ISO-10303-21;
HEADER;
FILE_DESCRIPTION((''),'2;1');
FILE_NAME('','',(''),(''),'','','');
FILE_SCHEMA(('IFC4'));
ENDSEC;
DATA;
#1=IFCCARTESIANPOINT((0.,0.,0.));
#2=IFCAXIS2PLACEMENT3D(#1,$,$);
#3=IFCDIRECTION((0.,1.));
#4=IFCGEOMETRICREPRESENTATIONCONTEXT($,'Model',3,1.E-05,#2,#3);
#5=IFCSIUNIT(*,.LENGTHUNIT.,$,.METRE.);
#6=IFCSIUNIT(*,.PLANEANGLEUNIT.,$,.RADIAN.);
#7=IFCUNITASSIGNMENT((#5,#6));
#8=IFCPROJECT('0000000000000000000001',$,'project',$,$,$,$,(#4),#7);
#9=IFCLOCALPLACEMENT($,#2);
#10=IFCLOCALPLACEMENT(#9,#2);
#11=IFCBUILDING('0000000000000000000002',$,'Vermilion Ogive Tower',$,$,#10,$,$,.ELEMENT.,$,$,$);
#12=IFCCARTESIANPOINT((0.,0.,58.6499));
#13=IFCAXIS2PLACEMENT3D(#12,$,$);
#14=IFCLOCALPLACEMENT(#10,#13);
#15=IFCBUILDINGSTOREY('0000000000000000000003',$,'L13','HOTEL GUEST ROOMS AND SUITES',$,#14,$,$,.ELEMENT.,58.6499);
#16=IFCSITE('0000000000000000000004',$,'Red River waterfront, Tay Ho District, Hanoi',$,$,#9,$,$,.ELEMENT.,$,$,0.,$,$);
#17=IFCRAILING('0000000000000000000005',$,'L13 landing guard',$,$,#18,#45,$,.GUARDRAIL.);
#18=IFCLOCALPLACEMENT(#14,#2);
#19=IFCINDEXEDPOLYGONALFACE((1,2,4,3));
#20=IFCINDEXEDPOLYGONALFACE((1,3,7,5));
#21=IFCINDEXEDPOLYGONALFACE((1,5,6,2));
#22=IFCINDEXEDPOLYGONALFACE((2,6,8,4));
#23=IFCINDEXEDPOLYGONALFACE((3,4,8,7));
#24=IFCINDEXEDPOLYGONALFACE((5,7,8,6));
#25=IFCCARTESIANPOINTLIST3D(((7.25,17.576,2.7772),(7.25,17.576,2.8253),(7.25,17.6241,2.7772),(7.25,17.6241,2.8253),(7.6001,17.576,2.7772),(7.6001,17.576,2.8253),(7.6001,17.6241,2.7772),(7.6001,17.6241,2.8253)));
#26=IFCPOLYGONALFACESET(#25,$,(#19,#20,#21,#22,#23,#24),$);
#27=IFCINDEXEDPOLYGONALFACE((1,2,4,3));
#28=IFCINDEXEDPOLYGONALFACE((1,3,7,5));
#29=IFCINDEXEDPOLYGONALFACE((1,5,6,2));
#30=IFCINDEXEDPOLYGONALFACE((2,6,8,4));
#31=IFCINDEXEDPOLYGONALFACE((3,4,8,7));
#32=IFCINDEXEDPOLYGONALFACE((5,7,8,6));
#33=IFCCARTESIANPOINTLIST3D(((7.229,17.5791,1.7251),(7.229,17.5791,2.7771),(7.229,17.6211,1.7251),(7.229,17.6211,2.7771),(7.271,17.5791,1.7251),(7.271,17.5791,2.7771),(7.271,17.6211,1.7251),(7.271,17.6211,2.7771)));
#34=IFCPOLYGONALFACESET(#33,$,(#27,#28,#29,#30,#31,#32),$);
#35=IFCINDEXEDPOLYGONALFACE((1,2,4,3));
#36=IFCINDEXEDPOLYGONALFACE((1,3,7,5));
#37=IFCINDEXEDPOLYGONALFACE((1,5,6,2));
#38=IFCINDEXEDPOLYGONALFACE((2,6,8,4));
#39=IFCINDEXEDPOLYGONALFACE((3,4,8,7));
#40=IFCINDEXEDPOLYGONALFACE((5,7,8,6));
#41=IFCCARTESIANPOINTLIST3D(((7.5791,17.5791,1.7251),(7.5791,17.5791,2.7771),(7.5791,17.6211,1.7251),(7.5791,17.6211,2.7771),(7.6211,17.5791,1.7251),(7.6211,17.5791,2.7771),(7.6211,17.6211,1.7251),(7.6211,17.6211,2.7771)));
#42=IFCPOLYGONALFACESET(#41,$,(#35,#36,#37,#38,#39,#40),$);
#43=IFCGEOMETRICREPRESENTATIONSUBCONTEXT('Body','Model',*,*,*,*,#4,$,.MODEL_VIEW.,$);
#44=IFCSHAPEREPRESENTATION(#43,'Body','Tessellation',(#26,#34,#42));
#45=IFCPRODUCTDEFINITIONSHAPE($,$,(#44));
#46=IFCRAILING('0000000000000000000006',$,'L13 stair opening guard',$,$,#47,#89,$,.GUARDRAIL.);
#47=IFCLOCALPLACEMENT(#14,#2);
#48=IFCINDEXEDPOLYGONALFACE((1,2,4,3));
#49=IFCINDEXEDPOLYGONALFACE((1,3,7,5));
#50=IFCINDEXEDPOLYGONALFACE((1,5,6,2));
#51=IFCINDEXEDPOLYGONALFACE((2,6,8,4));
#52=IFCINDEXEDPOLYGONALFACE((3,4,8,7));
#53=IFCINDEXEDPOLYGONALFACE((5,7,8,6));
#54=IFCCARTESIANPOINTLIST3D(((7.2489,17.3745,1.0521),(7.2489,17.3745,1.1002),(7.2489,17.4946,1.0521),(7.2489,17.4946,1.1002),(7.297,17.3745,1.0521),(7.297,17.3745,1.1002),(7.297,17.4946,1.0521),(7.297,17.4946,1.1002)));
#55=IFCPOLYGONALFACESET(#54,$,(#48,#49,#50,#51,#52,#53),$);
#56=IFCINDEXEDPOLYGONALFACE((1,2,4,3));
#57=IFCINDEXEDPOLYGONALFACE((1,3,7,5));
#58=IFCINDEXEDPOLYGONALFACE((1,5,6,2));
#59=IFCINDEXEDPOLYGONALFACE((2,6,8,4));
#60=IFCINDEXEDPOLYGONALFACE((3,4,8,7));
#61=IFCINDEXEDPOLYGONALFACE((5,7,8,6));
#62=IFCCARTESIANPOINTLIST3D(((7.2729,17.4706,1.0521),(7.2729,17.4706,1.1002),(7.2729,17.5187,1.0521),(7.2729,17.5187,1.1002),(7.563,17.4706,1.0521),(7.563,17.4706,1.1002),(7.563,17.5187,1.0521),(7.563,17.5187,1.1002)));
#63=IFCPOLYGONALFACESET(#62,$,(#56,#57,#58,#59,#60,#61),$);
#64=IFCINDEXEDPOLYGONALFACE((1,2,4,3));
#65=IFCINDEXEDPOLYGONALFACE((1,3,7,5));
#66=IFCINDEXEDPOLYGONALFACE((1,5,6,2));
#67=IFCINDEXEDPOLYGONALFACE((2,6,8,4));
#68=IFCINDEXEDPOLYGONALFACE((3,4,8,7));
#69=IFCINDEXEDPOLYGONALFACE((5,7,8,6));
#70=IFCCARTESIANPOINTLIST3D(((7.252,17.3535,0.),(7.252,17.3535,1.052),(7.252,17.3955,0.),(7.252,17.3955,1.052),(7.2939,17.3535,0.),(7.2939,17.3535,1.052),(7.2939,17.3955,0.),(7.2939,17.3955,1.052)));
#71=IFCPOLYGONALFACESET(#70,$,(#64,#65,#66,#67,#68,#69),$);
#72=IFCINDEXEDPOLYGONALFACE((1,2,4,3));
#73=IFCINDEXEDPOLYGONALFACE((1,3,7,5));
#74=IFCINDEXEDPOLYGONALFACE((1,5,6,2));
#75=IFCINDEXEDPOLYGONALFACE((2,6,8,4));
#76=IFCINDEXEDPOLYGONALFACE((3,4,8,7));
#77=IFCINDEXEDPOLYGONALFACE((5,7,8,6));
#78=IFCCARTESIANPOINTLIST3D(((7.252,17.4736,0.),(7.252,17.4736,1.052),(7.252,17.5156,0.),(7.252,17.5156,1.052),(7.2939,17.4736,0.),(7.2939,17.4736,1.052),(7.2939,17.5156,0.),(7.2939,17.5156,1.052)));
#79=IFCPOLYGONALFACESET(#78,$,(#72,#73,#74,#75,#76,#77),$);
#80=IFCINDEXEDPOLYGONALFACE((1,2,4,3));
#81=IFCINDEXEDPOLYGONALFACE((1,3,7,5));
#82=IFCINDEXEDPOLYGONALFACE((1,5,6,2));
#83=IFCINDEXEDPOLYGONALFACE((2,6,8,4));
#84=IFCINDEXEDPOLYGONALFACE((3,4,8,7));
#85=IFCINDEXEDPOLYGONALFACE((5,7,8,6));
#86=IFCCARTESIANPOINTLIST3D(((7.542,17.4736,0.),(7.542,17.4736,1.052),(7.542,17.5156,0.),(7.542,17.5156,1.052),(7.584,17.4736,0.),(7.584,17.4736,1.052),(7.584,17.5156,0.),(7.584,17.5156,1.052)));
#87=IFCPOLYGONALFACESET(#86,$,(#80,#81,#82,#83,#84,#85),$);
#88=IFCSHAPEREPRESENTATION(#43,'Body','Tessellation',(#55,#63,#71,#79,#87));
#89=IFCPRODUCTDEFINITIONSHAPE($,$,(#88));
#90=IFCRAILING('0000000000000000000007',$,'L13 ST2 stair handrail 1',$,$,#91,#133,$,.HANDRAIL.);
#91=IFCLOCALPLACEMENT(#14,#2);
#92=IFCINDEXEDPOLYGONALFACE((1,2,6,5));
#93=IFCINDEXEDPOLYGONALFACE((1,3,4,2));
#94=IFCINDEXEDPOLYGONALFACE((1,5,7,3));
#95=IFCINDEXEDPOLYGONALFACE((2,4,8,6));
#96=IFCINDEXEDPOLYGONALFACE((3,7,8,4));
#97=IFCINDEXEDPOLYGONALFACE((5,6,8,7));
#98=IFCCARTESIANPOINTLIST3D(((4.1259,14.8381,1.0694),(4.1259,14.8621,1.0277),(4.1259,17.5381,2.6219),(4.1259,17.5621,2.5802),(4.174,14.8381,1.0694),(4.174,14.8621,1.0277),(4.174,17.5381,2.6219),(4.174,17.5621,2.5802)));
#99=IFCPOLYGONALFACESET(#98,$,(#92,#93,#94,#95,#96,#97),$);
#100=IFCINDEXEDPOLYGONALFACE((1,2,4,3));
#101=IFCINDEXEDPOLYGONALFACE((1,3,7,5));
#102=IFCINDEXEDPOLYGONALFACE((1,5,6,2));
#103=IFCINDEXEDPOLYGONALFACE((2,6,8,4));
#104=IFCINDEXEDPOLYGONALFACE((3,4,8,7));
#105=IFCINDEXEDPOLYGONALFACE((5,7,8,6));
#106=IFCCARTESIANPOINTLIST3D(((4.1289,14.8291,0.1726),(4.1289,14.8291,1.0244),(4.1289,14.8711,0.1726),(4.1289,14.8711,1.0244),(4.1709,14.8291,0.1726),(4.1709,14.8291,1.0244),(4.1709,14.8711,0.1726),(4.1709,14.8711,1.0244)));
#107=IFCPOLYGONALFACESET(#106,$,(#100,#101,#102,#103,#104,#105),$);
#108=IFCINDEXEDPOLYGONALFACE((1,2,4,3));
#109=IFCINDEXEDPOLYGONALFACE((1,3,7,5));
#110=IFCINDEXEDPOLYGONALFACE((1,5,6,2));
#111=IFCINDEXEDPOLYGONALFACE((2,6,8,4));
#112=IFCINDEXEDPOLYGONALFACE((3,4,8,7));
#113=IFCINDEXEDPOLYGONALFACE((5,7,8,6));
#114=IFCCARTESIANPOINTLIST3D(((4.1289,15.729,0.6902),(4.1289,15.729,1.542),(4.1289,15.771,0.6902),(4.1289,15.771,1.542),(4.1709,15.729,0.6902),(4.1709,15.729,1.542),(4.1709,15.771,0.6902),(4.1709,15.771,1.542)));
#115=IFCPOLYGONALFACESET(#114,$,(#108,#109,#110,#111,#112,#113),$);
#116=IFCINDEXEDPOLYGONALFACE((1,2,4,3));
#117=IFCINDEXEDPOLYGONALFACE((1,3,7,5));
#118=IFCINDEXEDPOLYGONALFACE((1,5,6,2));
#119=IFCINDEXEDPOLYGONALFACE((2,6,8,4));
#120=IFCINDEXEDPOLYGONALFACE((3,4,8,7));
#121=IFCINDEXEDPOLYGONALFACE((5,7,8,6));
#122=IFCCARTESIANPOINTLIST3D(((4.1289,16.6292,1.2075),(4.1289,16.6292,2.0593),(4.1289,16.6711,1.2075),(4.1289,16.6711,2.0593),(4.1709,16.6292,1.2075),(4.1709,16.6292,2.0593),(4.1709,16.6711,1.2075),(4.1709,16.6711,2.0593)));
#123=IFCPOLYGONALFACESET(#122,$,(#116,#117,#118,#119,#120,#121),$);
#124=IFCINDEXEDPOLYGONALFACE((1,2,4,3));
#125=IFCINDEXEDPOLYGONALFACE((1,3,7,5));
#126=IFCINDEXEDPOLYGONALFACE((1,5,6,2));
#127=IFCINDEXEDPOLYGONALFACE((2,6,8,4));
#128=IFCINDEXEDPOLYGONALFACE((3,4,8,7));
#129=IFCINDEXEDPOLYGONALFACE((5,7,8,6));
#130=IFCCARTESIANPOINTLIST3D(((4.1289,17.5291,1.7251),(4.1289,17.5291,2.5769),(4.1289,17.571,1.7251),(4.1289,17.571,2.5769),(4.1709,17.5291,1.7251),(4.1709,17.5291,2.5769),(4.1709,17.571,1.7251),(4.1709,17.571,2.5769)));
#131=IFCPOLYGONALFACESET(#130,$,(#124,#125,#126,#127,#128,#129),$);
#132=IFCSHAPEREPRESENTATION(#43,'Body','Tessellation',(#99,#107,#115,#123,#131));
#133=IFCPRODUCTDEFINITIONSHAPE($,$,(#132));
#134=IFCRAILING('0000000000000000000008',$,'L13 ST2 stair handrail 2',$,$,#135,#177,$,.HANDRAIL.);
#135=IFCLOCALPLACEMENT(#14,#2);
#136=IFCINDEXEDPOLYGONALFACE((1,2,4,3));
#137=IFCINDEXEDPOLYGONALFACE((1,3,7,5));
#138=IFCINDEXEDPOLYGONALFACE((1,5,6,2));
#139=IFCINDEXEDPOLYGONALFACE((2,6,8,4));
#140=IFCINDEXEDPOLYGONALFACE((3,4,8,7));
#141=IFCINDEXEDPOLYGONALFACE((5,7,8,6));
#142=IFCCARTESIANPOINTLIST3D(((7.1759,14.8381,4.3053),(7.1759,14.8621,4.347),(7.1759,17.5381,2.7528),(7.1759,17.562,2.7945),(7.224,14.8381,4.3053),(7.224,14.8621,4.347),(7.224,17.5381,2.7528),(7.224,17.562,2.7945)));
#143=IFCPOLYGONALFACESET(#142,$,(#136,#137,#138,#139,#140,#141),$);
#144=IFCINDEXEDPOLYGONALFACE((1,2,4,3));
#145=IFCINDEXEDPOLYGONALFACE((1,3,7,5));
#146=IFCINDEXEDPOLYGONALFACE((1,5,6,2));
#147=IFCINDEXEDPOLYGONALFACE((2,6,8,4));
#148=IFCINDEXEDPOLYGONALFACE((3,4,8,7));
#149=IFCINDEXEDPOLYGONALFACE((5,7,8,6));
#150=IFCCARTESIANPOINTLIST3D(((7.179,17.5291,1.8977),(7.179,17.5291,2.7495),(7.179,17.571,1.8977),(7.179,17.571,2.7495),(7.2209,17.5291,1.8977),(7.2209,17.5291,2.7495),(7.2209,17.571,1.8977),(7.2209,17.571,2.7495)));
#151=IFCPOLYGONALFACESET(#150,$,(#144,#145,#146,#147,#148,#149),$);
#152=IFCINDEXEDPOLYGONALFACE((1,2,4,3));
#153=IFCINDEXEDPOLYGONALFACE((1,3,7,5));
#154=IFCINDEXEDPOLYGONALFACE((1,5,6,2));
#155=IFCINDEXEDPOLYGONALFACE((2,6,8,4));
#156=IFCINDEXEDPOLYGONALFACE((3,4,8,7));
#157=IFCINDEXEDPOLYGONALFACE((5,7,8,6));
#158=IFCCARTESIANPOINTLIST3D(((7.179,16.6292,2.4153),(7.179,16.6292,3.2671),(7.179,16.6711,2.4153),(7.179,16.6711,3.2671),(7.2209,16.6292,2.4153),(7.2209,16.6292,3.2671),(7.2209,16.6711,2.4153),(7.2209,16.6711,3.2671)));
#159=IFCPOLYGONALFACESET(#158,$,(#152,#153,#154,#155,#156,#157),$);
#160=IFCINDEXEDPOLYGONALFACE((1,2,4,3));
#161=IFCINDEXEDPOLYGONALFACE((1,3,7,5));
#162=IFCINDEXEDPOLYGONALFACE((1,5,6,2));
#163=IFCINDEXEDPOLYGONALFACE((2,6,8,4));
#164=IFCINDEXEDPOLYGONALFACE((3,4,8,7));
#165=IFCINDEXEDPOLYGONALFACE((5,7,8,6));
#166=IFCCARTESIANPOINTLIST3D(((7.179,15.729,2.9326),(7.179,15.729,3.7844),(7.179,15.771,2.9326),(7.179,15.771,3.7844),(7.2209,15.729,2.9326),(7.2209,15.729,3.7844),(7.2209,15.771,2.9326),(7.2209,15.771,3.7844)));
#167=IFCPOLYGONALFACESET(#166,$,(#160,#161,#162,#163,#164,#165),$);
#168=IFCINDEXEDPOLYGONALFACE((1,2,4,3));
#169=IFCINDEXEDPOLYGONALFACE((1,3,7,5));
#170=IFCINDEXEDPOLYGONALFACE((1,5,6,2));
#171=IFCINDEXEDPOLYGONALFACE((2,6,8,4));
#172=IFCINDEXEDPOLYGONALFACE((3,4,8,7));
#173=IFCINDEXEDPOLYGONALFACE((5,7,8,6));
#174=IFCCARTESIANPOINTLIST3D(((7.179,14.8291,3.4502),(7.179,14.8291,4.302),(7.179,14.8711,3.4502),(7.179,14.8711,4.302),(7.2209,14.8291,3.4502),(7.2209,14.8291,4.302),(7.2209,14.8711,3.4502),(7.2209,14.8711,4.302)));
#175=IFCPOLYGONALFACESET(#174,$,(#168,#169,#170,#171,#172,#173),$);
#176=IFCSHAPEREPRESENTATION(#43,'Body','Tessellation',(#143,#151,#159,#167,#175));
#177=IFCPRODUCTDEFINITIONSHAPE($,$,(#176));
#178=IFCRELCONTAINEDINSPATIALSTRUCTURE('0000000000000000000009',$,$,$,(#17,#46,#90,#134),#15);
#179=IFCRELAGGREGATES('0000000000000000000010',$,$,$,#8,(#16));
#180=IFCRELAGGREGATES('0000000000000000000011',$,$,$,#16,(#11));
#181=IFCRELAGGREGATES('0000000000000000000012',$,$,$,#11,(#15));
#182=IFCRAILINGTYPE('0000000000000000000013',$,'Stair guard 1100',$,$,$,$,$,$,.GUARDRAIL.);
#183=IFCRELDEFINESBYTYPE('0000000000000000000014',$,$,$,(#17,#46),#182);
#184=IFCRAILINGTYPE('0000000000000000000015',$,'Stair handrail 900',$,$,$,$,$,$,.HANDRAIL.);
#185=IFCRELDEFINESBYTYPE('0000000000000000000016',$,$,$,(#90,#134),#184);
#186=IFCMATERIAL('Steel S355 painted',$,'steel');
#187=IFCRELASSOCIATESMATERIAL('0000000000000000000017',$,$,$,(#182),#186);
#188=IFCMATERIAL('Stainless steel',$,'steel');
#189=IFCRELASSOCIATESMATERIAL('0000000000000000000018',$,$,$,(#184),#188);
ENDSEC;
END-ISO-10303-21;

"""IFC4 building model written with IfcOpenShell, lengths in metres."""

from ifc_helpers import new_model, si_unit, direction, frame, origin, origin_2d, place, context, subcontext, project, spatial, rectangle, extrude, material, type_object, element, save


model = new_model("IFC4")

# Units and contexts
model_context = context("Model", 3, precision=1e-05, world=origin(), true_north=direction((0.0, 1.0)))
body_context = subcontext(model_context, "Body", "Model", "MODEL_VIEW")
ifc_project = project(units=[si_unit("LENGTHUNIT", "METRE"), si_unit("PLANEANGLEUNIT", "RADIAN")], contexts=[model_context])

# Site, building, storey
site_placement = place(None, origin())
site = spatial("IfcSite", under=ifc_project, at=site_placement, Name="Red River waterfront, Tay Ho District, Hanoi", CompositionType="ELEMENT", RefElevation=0.0)
building_placement = place(site_placement, origin())
building = spatial("IfcBuilding", under=site, at=building_placement, Name="Vermilion Ogive Tower", CompositionType="ELEMENT")
storey_placement = place(building_placement, frame((0.0, 0.0, 58.6499)))
storey = spatial("IfcBuildingStorey", under=building, at=storey_placement, Name="L13", Description="HOTEL GUEST ROOMS AND SUITES", CompositionType="ELEMENT", Elevation=58.6499)

# Railings
ifc_material_1 = material(Name="Steel S355 painted", Category="steel")
railing_type_1 = type_object("IfcRailingType", Name="Stair guard 1100", PredefinedType="GUARDRAIL", material=ifc_material_1)
railing_1_placement = place(storey_placement, frame((7.25, 17.6001, 1.7251)))
element("IfcRailing", 1, at=railing_1_placement, inside=storey, type_object=railing_type_1, Name="L13 landing guard", PredefinedType="GUARDRAIL", context=body_context, shape_type="SweptSolid", body=[
    extrude(rectangle(XDim=0.0481, YDim=0.0481, at=origin_2d()), frame((0.0, 0.0, 1.0762), z_axis=(1.0, 0.0, 0.0), x_axis=(0.0, 1.0, 0.0)), (0.0, 0.0, 1.0), 0.3501),
    extrude(rectangle(XDim=0.042, YDim=0.042, at=origin_2d()), origin(), (0.0, 0.0, 1.0), 1.052),
    extrude(rectangle(XDim=0.042, YDim=0.042, at=origin_2d()), frame((0.3501, 0.0, 0.0)), (0.0, 0.0, 1.0), 1.052),
])
railing_2_placement = place(storey_placement, frame((7.2729, 17.3745, 0.0)))
element("IfcRailing", 2, at=railing_2_placement, inside=storey, type_object=railing_type_1, Name="L13 stair opening guard", PredefinedType="GUARDRAIL", context=body_context, shape_type="SweptSolid", body=[
    extrude(rectangle(XDim=0.0481, YDim=0.0481, at=origin_2d()), frame((0.0, 0.0, 1.0762), z_axis=(0.0, 1.0, 0.0), x_axis=(-1.0, 0.0, 0.0)), (0.0, 0.0, 1.0), 0.1201),
    extrude(rectangle(XDim=0.0481, YDim=0.0481, at=origin_2d()), frame((0.0, 0.1201, 1.0762), z_axis=(1.0, 0.0, 0.0), x_axis=(0.0, 1.0, 0.0)), (0.0, 0.0, 1.0), 0.29),
    extrude(rectangle(XDim=0.042, YDim=0.042, at=origin_2d()), origin(), (0.0, 0.0, 1.0), 1.052),
    extrude(rectangle(XDim=0.042, YDim=0.042, at=origin_2d()), frame((0.0, 0.1201, 0.0)), (0.0, 0.0, 1.0), 1.052),
    extrude(rectangle(XDim=0.042, YDim=0.042, at=origin_2d()), frame((0.29, 0.1201, 0.0)), (0.0, 0.0, 1.0), 1.052),
])
ifc_material_2 = material(Name="Stainless steel", Category="steel")
railing_type_2 = type_object("IfcRailingType", Name="Stair handrail 900", PredefinedType="HANDRAIL", material=ifc_material_2)
railing_3_placement = place(storey_placement, frame((4.1499, 14.8501, 0.1726)))
element("IfcRailing", 3, at=railing_3_placement, inside=storey, type_object=railing_type_2, Name="L13 ST2 stair handrail 1", PredefinedType="HANDRAIL", context=body_context, shape_type="SweptSolid", body=[
    extrude(rectangle(XDim=0.0481, YDim=0.0481, at=origin_2d()), frame((0.0, 0.0, 0.876), z_axis=(0.0, 0.866904, 0.498476), x_axis=(-1.0, 0.0, 0.0)), (0.0, 0.0, 1.0), 3.1145),
    extrude(rectangle(XDim=0.042, YDim=0.042, at=origin_2d()), origin(), (0.0, 0.0, 1.0), 0.8518),
    extrude(rectangle(XDim=0.042, YDim=0.042, at=origin_2d()), frame((0.0, 0.8999, 0.5176)), (0.0, 0.0, 1.0), 0.8518),
    extrude(rectangle(XDim=0.042, YDim=0.042, at=origin_2d()), frame((0.0, 1.8, 1.0349)), (0.0, 0.0, 1.0), 0.8518),
    extrude(rectangle(XDim=0.042, YDim=0.042, at=origin_2d()), frame((0.0, 2.7, 1.5525)), (0.0, 0.0, 1.0), 0.8518),
])
railing_4_placement = place(storey_placement, frame((7.2, 17.55, 1.8977)))
element("IfcRailing", 4, at=railing_4_placement, inside=storey, type_object=railing_type_2, Name="L13 ST2 stair handrail 2", PredefinedType="HANDRAIL", context=body_context, shape_type="SweptSolid", body=[
    extrude(rectangle(XDim=0.0481, YDim=0.0481, at=origin_2d()), frame((0.0, 0.0, 0.876), z_axis=(0.0, -0.866904, 0.498476), x_axis=(1.0, 0.0, 0.0)), (0.0, 0.0, 1.0), 3.1145),
    extrude(rectangle(XDim=0.042, YDim=0.042, at=origin_2d()), origin(), (0.0, 0.0, 1.0), 0.8518),
    extrude(rectangle(XDim=0.042, YDim=0.042, at=origin_2d()), frame((0.0, -0.8999, 0.5176)), (0.0, 0.0, 1.0), 0.8518),
    extrude(rectangle(XDim=0.042, YDim=0.042, at=origin_2d()), frame((0.0, -1.8, 1.0349)), (0.0, 0.0, 1.0), 0.8518),
    extrude(rectangle(XDim=0.042, YDim=0.042, at=origin_2d()), frame((0.0, -2.7, 1.5525)), (0.0, 0.0, 1.0), 0.8518),
])

save(model, "model.ifc")
